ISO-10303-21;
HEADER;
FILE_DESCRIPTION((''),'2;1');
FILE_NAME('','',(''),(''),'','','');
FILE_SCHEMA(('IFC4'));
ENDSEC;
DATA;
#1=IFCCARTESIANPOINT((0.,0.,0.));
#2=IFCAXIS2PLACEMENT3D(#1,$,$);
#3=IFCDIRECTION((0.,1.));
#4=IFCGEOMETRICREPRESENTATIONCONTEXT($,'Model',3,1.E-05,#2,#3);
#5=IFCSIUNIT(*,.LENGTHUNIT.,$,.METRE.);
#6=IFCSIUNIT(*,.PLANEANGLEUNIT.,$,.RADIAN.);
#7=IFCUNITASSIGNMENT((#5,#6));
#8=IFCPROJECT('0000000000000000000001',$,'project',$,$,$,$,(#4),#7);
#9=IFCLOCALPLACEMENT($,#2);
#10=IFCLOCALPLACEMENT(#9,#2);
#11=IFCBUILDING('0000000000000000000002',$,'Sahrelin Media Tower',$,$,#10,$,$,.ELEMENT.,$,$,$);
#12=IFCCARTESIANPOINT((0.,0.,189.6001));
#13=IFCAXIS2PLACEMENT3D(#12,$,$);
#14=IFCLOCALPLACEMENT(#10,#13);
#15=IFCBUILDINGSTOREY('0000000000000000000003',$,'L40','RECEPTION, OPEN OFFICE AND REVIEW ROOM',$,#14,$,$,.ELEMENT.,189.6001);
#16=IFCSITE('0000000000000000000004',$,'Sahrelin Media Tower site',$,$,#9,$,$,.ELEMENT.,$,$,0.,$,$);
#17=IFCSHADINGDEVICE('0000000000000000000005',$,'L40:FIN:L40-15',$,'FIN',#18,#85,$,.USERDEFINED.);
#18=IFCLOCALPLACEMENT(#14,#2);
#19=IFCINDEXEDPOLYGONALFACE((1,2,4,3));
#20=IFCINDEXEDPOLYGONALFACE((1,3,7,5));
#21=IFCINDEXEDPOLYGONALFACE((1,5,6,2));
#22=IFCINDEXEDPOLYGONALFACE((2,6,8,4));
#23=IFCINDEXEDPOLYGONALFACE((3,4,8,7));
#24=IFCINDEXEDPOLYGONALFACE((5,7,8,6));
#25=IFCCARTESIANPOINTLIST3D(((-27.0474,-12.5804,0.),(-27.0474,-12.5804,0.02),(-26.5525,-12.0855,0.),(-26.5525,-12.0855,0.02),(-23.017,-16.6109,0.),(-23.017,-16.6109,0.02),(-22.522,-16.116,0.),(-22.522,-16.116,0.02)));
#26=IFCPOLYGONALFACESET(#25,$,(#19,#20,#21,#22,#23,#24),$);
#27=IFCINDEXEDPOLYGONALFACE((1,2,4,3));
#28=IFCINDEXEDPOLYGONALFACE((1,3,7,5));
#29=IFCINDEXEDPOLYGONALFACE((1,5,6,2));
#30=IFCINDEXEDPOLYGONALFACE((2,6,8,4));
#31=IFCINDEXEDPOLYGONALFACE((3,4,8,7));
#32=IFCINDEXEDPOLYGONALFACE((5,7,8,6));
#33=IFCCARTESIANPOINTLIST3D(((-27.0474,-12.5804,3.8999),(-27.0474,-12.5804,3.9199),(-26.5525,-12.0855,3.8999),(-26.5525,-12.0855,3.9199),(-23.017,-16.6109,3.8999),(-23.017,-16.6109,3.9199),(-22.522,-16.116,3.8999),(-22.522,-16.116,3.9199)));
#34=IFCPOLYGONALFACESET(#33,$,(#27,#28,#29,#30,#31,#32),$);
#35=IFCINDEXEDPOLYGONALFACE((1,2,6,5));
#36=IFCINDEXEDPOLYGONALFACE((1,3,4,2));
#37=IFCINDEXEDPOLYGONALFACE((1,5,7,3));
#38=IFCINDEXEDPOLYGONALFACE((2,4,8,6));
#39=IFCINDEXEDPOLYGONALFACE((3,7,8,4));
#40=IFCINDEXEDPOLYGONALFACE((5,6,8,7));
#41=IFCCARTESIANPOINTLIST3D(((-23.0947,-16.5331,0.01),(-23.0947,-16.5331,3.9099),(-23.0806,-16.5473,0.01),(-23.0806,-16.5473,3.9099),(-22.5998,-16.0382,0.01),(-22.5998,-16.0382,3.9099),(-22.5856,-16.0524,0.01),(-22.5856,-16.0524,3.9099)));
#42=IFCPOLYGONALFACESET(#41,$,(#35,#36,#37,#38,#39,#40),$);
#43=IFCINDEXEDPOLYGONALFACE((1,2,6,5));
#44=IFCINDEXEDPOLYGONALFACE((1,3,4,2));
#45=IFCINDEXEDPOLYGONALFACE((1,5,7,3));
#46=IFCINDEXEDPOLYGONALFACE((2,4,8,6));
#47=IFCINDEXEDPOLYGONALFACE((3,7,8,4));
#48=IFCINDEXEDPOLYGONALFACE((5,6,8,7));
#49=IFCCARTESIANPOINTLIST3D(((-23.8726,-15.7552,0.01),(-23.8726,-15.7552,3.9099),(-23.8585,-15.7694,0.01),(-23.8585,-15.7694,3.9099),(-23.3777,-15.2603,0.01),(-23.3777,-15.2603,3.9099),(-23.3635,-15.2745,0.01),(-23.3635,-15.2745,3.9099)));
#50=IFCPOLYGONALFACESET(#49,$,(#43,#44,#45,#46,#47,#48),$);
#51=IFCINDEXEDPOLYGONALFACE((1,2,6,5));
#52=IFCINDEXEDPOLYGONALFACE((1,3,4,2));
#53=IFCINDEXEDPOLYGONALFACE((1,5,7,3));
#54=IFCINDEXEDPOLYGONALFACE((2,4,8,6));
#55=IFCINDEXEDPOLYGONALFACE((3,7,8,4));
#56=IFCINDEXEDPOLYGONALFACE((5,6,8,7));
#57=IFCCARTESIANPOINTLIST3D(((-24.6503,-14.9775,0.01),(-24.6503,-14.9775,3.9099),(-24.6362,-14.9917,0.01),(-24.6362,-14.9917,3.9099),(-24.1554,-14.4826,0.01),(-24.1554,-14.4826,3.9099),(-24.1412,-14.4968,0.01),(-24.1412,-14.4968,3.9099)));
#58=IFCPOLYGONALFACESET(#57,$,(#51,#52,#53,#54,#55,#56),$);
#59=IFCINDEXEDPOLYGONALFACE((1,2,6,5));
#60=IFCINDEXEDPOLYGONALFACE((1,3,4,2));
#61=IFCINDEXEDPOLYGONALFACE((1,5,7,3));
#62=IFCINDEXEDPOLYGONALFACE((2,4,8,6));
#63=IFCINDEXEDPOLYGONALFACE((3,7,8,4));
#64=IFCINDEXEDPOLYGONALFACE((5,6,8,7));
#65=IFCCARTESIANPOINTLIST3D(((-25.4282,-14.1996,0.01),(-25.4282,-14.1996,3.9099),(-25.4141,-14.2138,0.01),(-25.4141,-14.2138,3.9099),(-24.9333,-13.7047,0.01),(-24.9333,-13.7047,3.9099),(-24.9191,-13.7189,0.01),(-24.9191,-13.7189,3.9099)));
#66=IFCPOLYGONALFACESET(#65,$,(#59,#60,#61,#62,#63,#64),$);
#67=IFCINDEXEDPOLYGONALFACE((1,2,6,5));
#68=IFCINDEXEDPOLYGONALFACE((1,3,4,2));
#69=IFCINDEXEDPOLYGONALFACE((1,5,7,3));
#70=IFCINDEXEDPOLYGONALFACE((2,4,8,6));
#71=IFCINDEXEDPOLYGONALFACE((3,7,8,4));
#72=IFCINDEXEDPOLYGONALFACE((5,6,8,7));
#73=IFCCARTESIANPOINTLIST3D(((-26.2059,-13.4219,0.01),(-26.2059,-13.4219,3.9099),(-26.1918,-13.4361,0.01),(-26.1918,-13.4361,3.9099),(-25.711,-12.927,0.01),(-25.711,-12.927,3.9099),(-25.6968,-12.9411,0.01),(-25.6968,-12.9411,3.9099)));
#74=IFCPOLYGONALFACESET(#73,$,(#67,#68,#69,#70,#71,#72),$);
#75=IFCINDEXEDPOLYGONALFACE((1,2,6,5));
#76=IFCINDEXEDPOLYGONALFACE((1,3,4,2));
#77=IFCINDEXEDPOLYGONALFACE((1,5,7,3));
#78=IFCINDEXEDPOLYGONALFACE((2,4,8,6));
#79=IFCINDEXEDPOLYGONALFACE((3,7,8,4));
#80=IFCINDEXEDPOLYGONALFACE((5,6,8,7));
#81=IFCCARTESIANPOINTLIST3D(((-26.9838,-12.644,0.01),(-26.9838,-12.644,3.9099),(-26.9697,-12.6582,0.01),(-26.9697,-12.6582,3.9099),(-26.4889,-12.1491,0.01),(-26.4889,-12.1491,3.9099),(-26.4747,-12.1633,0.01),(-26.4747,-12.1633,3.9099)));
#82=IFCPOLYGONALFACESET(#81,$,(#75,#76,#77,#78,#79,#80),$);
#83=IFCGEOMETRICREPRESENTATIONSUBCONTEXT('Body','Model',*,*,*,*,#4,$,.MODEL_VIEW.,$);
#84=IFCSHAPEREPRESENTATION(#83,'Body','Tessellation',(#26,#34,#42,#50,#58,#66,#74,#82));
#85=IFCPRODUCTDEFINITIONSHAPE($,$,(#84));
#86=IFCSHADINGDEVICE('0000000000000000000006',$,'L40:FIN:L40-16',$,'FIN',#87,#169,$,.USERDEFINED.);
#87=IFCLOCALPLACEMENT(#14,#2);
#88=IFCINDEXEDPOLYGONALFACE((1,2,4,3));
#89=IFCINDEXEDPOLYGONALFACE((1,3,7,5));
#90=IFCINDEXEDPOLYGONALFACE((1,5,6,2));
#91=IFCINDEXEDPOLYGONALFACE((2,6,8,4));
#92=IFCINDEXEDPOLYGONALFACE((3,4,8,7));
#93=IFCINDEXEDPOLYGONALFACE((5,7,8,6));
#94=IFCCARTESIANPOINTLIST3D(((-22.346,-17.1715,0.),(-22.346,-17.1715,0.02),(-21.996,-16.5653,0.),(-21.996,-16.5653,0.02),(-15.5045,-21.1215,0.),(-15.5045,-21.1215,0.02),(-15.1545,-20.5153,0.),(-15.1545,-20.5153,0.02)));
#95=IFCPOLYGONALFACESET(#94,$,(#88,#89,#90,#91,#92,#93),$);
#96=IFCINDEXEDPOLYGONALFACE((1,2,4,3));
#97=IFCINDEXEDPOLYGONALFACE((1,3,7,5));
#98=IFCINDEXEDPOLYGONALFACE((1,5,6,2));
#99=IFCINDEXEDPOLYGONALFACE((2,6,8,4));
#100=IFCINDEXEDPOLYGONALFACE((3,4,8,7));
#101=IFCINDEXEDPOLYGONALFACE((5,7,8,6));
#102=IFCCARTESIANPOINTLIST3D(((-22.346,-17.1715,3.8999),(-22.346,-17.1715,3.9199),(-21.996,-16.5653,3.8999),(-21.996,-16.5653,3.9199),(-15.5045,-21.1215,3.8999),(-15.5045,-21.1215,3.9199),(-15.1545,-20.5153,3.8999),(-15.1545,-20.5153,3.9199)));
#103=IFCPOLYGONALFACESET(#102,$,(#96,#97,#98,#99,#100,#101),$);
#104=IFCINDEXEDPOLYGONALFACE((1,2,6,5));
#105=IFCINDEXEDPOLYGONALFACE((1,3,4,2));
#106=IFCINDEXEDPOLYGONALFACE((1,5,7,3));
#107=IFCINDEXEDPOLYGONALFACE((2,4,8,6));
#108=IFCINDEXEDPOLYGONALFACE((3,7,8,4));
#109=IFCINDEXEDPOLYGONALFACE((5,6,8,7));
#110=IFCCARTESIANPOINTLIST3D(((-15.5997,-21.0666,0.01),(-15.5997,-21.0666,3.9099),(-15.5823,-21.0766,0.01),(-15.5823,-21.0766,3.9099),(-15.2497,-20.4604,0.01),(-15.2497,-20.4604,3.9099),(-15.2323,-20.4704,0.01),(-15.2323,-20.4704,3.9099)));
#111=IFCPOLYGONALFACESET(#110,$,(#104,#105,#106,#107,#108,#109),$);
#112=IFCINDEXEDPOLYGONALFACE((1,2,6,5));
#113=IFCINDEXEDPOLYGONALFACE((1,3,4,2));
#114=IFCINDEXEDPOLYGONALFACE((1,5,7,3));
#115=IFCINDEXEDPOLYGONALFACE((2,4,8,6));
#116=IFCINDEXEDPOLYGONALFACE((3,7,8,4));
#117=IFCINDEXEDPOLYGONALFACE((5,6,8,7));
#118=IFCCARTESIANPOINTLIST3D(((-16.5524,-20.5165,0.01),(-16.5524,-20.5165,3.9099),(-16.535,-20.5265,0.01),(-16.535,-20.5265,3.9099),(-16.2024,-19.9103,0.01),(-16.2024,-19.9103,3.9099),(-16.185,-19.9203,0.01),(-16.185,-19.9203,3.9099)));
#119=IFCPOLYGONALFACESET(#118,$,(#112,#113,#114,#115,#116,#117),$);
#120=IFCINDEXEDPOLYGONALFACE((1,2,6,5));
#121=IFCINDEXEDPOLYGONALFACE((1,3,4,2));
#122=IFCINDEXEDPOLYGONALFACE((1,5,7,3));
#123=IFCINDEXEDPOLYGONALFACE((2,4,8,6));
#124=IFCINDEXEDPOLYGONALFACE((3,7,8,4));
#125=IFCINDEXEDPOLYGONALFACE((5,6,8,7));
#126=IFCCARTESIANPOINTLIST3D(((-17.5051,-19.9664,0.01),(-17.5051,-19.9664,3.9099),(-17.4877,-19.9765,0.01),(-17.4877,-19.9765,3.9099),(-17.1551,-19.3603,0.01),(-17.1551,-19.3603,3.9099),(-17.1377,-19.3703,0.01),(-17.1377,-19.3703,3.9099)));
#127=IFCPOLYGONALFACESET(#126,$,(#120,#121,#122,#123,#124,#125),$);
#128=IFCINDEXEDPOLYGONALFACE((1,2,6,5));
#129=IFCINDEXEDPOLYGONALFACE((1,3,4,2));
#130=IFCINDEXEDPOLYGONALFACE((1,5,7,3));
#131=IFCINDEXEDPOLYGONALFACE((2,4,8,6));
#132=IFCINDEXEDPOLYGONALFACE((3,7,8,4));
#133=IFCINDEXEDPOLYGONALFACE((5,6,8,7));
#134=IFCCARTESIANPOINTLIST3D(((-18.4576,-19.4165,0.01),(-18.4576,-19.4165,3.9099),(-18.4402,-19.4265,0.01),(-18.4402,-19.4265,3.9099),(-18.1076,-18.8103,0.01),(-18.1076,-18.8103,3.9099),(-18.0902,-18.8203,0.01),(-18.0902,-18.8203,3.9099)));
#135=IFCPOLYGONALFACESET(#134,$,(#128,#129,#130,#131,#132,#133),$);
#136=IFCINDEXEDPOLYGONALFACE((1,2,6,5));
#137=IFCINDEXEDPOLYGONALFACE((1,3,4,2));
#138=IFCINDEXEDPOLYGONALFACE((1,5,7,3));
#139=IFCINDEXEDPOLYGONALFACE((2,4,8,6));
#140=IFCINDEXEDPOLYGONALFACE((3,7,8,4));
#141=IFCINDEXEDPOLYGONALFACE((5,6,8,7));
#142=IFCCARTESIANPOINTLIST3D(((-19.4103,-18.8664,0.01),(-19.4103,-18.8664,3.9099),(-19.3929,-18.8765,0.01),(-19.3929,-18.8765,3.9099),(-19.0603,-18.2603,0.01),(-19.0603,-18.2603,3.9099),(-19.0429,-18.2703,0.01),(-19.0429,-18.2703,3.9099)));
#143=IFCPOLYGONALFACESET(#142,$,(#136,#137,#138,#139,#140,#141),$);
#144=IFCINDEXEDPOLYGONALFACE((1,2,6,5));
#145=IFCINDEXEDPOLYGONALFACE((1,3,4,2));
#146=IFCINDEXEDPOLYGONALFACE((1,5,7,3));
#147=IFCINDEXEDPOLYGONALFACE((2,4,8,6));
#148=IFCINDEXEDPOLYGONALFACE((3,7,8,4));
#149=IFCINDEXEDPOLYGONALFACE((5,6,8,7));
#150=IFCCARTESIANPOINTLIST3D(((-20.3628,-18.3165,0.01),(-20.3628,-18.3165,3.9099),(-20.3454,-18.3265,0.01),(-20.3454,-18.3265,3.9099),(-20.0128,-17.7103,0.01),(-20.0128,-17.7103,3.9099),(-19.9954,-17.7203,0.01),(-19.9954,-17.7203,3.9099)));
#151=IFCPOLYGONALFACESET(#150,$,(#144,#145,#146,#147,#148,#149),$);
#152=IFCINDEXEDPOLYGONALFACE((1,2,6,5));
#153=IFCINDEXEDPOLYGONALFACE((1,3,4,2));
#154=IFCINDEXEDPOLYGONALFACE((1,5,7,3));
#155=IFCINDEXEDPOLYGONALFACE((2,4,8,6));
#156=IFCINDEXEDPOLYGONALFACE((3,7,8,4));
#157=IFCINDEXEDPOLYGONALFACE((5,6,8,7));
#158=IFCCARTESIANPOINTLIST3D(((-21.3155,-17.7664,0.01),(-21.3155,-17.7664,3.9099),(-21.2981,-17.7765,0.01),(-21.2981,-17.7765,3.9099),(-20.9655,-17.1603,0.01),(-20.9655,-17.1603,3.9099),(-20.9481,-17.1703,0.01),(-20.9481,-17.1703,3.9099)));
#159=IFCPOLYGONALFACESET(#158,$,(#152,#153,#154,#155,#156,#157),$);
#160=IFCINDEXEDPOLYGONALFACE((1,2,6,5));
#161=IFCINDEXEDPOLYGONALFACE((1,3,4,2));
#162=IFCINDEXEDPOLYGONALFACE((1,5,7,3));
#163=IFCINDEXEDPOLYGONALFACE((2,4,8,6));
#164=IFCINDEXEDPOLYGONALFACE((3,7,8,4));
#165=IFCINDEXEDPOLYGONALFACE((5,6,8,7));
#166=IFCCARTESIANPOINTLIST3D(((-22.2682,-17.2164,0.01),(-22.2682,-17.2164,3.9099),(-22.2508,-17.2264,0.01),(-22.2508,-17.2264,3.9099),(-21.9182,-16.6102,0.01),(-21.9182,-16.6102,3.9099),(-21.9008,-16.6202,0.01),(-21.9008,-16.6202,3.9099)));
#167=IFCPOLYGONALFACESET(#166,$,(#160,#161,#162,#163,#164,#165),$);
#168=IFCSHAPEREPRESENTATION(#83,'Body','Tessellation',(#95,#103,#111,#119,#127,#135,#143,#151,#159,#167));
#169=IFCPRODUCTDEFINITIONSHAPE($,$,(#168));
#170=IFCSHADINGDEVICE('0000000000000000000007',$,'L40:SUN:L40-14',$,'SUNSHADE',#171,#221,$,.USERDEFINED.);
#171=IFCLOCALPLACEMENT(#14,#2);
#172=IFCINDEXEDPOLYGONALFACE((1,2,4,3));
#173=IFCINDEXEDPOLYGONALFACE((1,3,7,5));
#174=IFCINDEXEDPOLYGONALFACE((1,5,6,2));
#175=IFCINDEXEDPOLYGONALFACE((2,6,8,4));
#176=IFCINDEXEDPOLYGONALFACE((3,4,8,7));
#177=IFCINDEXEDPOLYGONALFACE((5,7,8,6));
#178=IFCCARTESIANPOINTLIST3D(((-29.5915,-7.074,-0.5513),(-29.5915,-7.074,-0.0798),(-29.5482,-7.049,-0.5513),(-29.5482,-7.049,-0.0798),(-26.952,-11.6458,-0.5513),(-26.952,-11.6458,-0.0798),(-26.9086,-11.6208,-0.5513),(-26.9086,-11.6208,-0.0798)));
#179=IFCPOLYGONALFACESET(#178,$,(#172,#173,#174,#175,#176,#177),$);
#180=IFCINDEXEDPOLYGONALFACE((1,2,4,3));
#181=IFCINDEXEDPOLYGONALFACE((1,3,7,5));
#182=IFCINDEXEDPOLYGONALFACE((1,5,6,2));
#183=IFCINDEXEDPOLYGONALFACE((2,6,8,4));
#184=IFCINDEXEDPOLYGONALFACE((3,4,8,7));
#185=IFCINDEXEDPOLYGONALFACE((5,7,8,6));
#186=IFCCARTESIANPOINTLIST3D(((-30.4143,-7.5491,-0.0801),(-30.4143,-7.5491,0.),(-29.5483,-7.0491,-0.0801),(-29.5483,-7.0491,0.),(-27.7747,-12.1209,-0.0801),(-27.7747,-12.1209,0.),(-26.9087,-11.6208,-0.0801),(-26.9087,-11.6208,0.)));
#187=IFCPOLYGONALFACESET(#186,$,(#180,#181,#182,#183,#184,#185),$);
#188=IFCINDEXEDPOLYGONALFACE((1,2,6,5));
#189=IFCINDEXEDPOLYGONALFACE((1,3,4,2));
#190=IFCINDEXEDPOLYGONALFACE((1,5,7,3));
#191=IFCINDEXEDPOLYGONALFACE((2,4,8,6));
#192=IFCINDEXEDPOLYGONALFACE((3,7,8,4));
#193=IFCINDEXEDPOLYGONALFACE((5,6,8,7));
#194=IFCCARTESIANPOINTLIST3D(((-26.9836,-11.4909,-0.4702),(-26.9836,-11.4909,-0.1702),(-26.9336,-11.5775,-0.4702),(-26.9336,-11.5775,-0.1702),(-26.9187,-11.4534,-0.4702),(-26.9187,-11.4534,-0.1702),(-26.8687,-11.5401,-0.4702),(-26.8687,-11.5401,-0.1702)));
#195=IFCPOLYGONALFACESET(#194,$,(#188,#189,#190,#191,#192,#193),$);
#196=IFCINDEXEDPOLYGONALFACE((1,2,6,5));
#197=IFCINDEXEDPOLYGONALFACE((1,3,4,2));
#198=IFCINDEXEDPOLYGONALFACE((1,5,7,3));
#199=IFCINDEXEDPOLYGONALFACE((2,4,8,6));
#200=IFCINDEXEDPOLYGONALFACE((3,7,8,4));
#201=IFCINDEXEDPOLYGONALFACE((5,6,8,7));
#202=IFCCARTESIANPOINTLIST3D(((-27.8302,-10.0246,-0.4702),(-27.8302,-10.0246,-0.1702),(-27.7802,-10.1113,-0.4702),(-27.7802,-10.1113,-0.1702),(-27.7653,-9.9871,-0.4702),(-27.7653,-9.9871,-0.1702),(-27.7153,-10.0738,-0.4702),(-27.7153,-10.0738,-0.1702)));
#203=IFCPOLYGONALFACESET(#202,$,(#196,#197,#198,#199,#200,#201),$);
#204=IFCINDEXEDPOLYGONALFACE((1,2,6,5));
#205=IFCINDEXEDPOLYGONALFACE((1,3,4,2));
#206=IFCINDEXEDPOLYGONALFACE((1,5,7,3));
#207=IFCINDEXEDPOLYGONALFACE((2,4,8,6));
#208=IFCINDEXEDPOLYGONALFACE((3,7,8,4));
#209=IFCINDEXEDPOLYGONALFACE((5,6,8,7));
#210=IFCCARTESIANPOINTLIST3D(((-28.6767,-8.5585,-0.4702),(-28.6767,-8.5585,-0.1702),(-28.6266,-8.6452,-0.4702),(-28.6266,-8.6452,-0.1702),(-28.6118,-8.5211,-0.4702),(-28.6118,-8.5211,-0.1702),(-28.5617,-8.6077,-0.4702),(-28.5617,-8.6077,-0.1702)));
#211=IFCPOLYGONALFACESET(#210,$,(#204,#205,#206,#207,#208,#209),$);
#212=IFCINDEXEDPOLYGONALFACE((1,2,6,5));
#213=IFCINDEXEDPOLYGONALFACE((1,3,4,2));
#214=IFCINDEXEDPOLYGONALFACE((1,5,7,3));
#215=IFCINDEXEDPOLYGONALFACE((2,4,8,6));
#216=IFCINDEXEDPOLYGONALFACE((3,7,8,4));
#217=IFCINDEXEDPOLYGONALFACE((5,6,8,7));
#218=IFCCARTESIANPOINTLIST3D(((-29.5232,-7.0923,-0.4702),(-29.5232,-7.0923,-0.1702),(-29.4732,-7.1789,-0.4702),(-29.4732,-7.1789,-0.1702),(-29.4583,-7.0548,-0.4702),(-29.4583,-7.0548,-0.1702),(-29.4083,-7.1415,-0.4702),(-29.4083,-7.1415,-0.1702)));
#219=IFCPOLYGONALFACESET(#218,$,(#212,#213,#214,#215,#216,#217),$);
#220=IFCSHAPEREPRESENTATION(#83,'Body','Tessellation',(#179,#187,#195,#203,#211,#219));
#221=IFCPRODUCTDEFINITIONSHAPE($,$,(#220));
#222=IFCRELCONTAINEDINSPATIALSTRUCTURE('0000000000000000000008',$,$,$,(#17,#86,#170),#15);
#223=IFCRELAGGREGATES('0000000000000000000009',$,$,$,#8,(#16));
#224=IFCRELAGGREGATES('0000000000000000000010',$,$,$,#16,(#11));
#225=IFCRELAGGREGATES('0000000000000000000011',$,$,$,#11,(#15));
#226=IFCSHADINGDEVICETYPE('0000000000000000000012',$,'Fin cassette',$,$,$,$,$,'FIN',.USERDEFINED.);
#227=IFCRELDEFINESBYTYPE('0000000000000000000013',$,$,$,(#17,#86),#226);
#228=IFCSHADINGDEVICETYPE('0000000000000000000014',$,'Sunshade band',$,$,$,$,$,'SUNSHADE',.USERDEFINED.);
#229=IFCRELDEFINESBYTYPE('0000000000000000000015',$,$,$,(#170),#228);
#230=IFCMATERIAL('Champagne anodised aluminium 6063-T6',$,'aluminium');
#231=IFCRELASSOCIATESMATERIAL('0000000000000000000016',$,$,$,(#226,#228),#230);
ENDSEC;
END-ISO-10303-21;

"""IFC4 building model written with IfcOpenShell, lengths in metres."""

from ifc_helpers import new_model, si_unit, direction, frame, origin, origin_2d, place, context, subcontext, project, spatial, rectangle, extrude, material, type_object, element, save


model = new_model("IFC4")

# Units and contexts
model_context = context("Model", 3, precision=1e-05, world=origin(), true_north=direction((0.0, 1.0)))
body_context = subcontext(model_context, "Body", "Model", "MODEL_VIEW")
ifc_project = project(units=[si_unit("LENGTHUNIT", "METRE"), si_unit("PLANEANGLEUNIT", "RADIAN")], contexts=[model_context])

# Site, building, storey
site_placement = place(None, origin())
site = spatial("IfcSite", under=ifc_project, at=site_placement, Name="Sahrelin Media Tower site", CompositionType="ELEMENT", RefElevation=0.0)
building_placement = place(site_placement, origin())
building = spatial("IfcBuilding", under=site, at=building_placement, Name="Sahrelin Media Tower", CompositionType="ELEMENT")
storey_placement = place(building_placement, frame((0.0, 0.0, 189.6001)))
storey = spatial("IfcBuildingStorey", under=building, at=storey_placement, Name="L40", Description="RECEPTION, OPEN OFFICE AND REVIEW ROOM", CompositionType="ELEMENT", Elevation=189.6001)

# Shared definitions
ifc_material_1 = material(Name="Champagne anodised aluminium 6063-T6", Category="aluminium")

# Shading devices
shading_device_type_1 = type_object("IfcShadingDeviceType", Name="Fin cassette", ElementType="FIN", PredefinedType="USERDEFINED", material=ifc_material_1)
placement_1 = place(storey_placement, frame((-28.2112, -9.325, 0.0), z_axis=(0.0, 0.0, 1.0), x_axis=(-0.500011, 0.866019, 0.0)))
placement_2 = place(storey_placement, frame((-24.4878, -14.0513, 0.0), z_axis=(0.0, 0.0, 1.0), x_axis=(-0.707107, 0.707107, 0.0)))
element("IfcShadingDevice", 1, at=placement_2, inside=storey, type_object=shading_device_type_1, Name="L40:FIN:L40-15", ObjectType="FIN", PredefinedType="USERDEFINED", context=body_context, shape_type="SweptSolid", body=[
    extrude(rectangle(XDim=5.7, YDim=0.7, at=origin_2d()), frame((0.0, 0.4199, 0.0)), (0.0, 0.0, 1.0), 0.02),
    extrude(rectangle(XDim=5.7, YDim=0.7, at=origin_2d()), frame((0.0, 0.4199, 3.8999)), (0.0, 0.0, 1.0), 0.02),
    extrude(rectangle(XDim=0.02, YDim=0.7, at=origin_2d()), frame((-2.75, 0.4199, 0.01), z_axis=(0.0, 0.0, 1.0), x_axis=(1.0, 0.0, 0.0)), (0.0, 0.0, 1.0), 3.8999),
    extrude(rectangle(XDim=0.02, YDim=0.7, at=origin_2d()), frame((-1.6499, 0.4199, 0.01), z_axis=(0.0, 0.0, 1.0), x_axis=(1.0, 0.0, 0.0)), (0.0, 0.0, 1.0), 3.8999),
    extrude(rectangle(XDim=0.02, YDim=0.7, at=origin_2d()), frame((-0.55, 0.4199, 0.01), z_axis=(0.0, 0.0, 1.0), x_axis=(1.0, 0.0, 0.0)), (0.0, 0.0, 1.0), 3.8999),
    extrude(rectangle(XDim=0.02, YDim=0.7, at=origin_2d()), frame((0.55, 0.4199, 0.01), z_axis=(0.0, 0.0, 1.0), x_axis=(1.0, 0.0, 0.0)), (0.0, 0.0, 1.0), 3.8999),
    extrude(rectangle(XDim=0.02, YDim=0.7, at=origin_2d()), frame((1.6499, 0.4199, 0.01), z_axis=(0.0, 0.0, 1.0), x_axis=(1.0, 0.0, 0.0)), (0.0, 0.0, 1.0), 3.8999),
    extrude(rectangle(XDim=0.02, YDim=0.7, at=origin_2d()), frame((2.75, 0.4199, 0.01), z_axis=(0.0, 0.0, 1.0), x_axis=(1.0, 0.0, 0.0)), (0.0, 0.0, 1.0), 3.8999),
])
placement_3 = place(storey_placement, frame((-18.5403, -18.4797, 0.0), z_axis=(0.0, 0.0, 1.0), x_axis=(-0.866019, 0.500011, 0.0)))
element("IfcShadingDevice", 2, at=placement_3, inside=storey, type_object=shading_device_type_1, Name="L40:FIN:L40-16", ObjectType="FIN", PredefinedType="USERDEFINED", context=body_context, shape_type="SweptSolid", body=[
    extrude(rectangle(XDim=7.8999, YDim=0.7, at=origin_2d()), frame((0.0, 0.4199, 0.0)), (0.0, 0.0, 1.0), 0.02),
    extrude(rectangle(XDim=7.8999, YDim=0.7, at=origin_2d()), frame((0.0, 0.4199, 3.8999)), (0.0, 0.0, 1.0), 0.02),
    extrude(rectangle(XDim=0.02, YDim=0.7, at=origin_2d()), frame((-3.8501, 0.4199, 0.01), z_axis=(0.0, 0.0, 1.0), x_axis=(1.0, 0.0, 0.0)), (0.0, 0.0, 1.0), 3.8999),
    extrude(rectangle(XDim=0.02, YDim=0.7, at=origin_2d()), frame((-2.75, 0.4199, 0.01), z_axis=(0.0, 0.0, 1.0), x_axis=(1.0, 0.0, 0.0)), (0.0, 0.0, 1.0), 3.8999),
    extrude(rectangle(XDim=0.02, YDim=0.7, at=origin_2d()), frame((-1.6499, 0.4199, 0.01), z_axis=(0.0, 0.0, 1.0), x_axis=(1.0, 0.0, 0.0)), (0.0, 0.0, 1.0), 3.8999),
    extrude(rectangle(XDim=0.02, YDim=0.7, at=origin_2d()), frame((-0.55, 0.4199, 0.01), z_axis=(0.0, 0.0, 1.0), x_axis=(1.0, 0.0, 0.0)), (0.0, 0.0, 1.0), 3.8999),
    extrude(rectangle(XDim=0.02, YDim=0.7, at=origin_2d()), frame((0.55, 0.4199, 0.01), z_axis=(0.0, 0.0, 1.0), x_axis=(1.0, 0.0, 0.0)), (0.0, 0.0, 1.0), 3.8999),
    extrude(rectangle(XDim=0.02, YDim=0.7, at=origin_2d()), frame((1.6499, 0.4199, 0.01), z_axis=(0.0, 0.0, 1.0), x_axis=(1.0, 0.0, 0.0)), (0.0, 0.0, 1.0), 3.8999),
    extrude(rectangle(XDim=0.02, YDim=0.7, at=origin_2d()), frame((2.75, 0.4199, 0.01), z_axis=(0.0, 0.0, 1.0), x_axis=(1.0, 0.0, 0.0)), (0.0, 0.0, 1.0), 3.8999),
    extrude(rectangle(XDim=0.02, YDim=0.7, at=origin_2d()), frame((3.8501, 0.4199, 0.01), z_axis=(0.0, 0.0, 1.0), x_axis=(1.0, 0.0, 0.0)), (0.0, 0.0, 1.0), 3.8999),
])
shading_device_type_2 = type_object("IfcShadingDeviceType", Name="Sunshade band", ElementType="SUNSHADE", PredefinedType="USERDEFINED", material=ifc_material_1)
element("IfcShadingDevice", 3, at=placement_1, inside=storey, type_object=shading_device_type_2, Name="L40:SUN:L40-14", ObjectType="SUNSHADE", PredefinedType="USERDEFINED", context=body_context, shape_type="SweptSolid", body=[
    extrude(rectangle(XDim=5.2791, YDim=0.05, at=origin_2d()), frame((0.0, 0.0449, -0.5513)), (0.0, 0.0, 1.0), 0.4714),
    extrude(rectangle(XDim=5.2791, YDim=1.0, at=origin_2d()), frame((0.0, 0.52, -0.0801)), (0.0, 0.0, 1.0), 0.0801),
    extrude(rectangle(XDim=0.1001, YDim=0.075, at=origin_2d()), frame((-2.5396, -0.0176, -0.4702)), (0.0, 0.0, 1.0), 0.3),
    extrude(rectangle(XDim=0.1001, YDim=0.075, at=origin_2d()), frame((-0.8464, -0.0176, -0.4702)), (0.0, 0.0, 1.0), 0.3),
    extrude(rectangle(XDim=0.1001, YDim=0.075, at=origin_2d()), frame((0.8464, -0.0176, -0.4702)), (0.0, 0.0, 1.0), 0.3),
    extrude(rectangle(XDim=0.1001, YDim=0.075, at=origin_2d()), frame((2.5396, -0.0176, -0.4702)), (0.0, 0.0, 1.0), 0.3),
])

save(model, "model.ifc")
